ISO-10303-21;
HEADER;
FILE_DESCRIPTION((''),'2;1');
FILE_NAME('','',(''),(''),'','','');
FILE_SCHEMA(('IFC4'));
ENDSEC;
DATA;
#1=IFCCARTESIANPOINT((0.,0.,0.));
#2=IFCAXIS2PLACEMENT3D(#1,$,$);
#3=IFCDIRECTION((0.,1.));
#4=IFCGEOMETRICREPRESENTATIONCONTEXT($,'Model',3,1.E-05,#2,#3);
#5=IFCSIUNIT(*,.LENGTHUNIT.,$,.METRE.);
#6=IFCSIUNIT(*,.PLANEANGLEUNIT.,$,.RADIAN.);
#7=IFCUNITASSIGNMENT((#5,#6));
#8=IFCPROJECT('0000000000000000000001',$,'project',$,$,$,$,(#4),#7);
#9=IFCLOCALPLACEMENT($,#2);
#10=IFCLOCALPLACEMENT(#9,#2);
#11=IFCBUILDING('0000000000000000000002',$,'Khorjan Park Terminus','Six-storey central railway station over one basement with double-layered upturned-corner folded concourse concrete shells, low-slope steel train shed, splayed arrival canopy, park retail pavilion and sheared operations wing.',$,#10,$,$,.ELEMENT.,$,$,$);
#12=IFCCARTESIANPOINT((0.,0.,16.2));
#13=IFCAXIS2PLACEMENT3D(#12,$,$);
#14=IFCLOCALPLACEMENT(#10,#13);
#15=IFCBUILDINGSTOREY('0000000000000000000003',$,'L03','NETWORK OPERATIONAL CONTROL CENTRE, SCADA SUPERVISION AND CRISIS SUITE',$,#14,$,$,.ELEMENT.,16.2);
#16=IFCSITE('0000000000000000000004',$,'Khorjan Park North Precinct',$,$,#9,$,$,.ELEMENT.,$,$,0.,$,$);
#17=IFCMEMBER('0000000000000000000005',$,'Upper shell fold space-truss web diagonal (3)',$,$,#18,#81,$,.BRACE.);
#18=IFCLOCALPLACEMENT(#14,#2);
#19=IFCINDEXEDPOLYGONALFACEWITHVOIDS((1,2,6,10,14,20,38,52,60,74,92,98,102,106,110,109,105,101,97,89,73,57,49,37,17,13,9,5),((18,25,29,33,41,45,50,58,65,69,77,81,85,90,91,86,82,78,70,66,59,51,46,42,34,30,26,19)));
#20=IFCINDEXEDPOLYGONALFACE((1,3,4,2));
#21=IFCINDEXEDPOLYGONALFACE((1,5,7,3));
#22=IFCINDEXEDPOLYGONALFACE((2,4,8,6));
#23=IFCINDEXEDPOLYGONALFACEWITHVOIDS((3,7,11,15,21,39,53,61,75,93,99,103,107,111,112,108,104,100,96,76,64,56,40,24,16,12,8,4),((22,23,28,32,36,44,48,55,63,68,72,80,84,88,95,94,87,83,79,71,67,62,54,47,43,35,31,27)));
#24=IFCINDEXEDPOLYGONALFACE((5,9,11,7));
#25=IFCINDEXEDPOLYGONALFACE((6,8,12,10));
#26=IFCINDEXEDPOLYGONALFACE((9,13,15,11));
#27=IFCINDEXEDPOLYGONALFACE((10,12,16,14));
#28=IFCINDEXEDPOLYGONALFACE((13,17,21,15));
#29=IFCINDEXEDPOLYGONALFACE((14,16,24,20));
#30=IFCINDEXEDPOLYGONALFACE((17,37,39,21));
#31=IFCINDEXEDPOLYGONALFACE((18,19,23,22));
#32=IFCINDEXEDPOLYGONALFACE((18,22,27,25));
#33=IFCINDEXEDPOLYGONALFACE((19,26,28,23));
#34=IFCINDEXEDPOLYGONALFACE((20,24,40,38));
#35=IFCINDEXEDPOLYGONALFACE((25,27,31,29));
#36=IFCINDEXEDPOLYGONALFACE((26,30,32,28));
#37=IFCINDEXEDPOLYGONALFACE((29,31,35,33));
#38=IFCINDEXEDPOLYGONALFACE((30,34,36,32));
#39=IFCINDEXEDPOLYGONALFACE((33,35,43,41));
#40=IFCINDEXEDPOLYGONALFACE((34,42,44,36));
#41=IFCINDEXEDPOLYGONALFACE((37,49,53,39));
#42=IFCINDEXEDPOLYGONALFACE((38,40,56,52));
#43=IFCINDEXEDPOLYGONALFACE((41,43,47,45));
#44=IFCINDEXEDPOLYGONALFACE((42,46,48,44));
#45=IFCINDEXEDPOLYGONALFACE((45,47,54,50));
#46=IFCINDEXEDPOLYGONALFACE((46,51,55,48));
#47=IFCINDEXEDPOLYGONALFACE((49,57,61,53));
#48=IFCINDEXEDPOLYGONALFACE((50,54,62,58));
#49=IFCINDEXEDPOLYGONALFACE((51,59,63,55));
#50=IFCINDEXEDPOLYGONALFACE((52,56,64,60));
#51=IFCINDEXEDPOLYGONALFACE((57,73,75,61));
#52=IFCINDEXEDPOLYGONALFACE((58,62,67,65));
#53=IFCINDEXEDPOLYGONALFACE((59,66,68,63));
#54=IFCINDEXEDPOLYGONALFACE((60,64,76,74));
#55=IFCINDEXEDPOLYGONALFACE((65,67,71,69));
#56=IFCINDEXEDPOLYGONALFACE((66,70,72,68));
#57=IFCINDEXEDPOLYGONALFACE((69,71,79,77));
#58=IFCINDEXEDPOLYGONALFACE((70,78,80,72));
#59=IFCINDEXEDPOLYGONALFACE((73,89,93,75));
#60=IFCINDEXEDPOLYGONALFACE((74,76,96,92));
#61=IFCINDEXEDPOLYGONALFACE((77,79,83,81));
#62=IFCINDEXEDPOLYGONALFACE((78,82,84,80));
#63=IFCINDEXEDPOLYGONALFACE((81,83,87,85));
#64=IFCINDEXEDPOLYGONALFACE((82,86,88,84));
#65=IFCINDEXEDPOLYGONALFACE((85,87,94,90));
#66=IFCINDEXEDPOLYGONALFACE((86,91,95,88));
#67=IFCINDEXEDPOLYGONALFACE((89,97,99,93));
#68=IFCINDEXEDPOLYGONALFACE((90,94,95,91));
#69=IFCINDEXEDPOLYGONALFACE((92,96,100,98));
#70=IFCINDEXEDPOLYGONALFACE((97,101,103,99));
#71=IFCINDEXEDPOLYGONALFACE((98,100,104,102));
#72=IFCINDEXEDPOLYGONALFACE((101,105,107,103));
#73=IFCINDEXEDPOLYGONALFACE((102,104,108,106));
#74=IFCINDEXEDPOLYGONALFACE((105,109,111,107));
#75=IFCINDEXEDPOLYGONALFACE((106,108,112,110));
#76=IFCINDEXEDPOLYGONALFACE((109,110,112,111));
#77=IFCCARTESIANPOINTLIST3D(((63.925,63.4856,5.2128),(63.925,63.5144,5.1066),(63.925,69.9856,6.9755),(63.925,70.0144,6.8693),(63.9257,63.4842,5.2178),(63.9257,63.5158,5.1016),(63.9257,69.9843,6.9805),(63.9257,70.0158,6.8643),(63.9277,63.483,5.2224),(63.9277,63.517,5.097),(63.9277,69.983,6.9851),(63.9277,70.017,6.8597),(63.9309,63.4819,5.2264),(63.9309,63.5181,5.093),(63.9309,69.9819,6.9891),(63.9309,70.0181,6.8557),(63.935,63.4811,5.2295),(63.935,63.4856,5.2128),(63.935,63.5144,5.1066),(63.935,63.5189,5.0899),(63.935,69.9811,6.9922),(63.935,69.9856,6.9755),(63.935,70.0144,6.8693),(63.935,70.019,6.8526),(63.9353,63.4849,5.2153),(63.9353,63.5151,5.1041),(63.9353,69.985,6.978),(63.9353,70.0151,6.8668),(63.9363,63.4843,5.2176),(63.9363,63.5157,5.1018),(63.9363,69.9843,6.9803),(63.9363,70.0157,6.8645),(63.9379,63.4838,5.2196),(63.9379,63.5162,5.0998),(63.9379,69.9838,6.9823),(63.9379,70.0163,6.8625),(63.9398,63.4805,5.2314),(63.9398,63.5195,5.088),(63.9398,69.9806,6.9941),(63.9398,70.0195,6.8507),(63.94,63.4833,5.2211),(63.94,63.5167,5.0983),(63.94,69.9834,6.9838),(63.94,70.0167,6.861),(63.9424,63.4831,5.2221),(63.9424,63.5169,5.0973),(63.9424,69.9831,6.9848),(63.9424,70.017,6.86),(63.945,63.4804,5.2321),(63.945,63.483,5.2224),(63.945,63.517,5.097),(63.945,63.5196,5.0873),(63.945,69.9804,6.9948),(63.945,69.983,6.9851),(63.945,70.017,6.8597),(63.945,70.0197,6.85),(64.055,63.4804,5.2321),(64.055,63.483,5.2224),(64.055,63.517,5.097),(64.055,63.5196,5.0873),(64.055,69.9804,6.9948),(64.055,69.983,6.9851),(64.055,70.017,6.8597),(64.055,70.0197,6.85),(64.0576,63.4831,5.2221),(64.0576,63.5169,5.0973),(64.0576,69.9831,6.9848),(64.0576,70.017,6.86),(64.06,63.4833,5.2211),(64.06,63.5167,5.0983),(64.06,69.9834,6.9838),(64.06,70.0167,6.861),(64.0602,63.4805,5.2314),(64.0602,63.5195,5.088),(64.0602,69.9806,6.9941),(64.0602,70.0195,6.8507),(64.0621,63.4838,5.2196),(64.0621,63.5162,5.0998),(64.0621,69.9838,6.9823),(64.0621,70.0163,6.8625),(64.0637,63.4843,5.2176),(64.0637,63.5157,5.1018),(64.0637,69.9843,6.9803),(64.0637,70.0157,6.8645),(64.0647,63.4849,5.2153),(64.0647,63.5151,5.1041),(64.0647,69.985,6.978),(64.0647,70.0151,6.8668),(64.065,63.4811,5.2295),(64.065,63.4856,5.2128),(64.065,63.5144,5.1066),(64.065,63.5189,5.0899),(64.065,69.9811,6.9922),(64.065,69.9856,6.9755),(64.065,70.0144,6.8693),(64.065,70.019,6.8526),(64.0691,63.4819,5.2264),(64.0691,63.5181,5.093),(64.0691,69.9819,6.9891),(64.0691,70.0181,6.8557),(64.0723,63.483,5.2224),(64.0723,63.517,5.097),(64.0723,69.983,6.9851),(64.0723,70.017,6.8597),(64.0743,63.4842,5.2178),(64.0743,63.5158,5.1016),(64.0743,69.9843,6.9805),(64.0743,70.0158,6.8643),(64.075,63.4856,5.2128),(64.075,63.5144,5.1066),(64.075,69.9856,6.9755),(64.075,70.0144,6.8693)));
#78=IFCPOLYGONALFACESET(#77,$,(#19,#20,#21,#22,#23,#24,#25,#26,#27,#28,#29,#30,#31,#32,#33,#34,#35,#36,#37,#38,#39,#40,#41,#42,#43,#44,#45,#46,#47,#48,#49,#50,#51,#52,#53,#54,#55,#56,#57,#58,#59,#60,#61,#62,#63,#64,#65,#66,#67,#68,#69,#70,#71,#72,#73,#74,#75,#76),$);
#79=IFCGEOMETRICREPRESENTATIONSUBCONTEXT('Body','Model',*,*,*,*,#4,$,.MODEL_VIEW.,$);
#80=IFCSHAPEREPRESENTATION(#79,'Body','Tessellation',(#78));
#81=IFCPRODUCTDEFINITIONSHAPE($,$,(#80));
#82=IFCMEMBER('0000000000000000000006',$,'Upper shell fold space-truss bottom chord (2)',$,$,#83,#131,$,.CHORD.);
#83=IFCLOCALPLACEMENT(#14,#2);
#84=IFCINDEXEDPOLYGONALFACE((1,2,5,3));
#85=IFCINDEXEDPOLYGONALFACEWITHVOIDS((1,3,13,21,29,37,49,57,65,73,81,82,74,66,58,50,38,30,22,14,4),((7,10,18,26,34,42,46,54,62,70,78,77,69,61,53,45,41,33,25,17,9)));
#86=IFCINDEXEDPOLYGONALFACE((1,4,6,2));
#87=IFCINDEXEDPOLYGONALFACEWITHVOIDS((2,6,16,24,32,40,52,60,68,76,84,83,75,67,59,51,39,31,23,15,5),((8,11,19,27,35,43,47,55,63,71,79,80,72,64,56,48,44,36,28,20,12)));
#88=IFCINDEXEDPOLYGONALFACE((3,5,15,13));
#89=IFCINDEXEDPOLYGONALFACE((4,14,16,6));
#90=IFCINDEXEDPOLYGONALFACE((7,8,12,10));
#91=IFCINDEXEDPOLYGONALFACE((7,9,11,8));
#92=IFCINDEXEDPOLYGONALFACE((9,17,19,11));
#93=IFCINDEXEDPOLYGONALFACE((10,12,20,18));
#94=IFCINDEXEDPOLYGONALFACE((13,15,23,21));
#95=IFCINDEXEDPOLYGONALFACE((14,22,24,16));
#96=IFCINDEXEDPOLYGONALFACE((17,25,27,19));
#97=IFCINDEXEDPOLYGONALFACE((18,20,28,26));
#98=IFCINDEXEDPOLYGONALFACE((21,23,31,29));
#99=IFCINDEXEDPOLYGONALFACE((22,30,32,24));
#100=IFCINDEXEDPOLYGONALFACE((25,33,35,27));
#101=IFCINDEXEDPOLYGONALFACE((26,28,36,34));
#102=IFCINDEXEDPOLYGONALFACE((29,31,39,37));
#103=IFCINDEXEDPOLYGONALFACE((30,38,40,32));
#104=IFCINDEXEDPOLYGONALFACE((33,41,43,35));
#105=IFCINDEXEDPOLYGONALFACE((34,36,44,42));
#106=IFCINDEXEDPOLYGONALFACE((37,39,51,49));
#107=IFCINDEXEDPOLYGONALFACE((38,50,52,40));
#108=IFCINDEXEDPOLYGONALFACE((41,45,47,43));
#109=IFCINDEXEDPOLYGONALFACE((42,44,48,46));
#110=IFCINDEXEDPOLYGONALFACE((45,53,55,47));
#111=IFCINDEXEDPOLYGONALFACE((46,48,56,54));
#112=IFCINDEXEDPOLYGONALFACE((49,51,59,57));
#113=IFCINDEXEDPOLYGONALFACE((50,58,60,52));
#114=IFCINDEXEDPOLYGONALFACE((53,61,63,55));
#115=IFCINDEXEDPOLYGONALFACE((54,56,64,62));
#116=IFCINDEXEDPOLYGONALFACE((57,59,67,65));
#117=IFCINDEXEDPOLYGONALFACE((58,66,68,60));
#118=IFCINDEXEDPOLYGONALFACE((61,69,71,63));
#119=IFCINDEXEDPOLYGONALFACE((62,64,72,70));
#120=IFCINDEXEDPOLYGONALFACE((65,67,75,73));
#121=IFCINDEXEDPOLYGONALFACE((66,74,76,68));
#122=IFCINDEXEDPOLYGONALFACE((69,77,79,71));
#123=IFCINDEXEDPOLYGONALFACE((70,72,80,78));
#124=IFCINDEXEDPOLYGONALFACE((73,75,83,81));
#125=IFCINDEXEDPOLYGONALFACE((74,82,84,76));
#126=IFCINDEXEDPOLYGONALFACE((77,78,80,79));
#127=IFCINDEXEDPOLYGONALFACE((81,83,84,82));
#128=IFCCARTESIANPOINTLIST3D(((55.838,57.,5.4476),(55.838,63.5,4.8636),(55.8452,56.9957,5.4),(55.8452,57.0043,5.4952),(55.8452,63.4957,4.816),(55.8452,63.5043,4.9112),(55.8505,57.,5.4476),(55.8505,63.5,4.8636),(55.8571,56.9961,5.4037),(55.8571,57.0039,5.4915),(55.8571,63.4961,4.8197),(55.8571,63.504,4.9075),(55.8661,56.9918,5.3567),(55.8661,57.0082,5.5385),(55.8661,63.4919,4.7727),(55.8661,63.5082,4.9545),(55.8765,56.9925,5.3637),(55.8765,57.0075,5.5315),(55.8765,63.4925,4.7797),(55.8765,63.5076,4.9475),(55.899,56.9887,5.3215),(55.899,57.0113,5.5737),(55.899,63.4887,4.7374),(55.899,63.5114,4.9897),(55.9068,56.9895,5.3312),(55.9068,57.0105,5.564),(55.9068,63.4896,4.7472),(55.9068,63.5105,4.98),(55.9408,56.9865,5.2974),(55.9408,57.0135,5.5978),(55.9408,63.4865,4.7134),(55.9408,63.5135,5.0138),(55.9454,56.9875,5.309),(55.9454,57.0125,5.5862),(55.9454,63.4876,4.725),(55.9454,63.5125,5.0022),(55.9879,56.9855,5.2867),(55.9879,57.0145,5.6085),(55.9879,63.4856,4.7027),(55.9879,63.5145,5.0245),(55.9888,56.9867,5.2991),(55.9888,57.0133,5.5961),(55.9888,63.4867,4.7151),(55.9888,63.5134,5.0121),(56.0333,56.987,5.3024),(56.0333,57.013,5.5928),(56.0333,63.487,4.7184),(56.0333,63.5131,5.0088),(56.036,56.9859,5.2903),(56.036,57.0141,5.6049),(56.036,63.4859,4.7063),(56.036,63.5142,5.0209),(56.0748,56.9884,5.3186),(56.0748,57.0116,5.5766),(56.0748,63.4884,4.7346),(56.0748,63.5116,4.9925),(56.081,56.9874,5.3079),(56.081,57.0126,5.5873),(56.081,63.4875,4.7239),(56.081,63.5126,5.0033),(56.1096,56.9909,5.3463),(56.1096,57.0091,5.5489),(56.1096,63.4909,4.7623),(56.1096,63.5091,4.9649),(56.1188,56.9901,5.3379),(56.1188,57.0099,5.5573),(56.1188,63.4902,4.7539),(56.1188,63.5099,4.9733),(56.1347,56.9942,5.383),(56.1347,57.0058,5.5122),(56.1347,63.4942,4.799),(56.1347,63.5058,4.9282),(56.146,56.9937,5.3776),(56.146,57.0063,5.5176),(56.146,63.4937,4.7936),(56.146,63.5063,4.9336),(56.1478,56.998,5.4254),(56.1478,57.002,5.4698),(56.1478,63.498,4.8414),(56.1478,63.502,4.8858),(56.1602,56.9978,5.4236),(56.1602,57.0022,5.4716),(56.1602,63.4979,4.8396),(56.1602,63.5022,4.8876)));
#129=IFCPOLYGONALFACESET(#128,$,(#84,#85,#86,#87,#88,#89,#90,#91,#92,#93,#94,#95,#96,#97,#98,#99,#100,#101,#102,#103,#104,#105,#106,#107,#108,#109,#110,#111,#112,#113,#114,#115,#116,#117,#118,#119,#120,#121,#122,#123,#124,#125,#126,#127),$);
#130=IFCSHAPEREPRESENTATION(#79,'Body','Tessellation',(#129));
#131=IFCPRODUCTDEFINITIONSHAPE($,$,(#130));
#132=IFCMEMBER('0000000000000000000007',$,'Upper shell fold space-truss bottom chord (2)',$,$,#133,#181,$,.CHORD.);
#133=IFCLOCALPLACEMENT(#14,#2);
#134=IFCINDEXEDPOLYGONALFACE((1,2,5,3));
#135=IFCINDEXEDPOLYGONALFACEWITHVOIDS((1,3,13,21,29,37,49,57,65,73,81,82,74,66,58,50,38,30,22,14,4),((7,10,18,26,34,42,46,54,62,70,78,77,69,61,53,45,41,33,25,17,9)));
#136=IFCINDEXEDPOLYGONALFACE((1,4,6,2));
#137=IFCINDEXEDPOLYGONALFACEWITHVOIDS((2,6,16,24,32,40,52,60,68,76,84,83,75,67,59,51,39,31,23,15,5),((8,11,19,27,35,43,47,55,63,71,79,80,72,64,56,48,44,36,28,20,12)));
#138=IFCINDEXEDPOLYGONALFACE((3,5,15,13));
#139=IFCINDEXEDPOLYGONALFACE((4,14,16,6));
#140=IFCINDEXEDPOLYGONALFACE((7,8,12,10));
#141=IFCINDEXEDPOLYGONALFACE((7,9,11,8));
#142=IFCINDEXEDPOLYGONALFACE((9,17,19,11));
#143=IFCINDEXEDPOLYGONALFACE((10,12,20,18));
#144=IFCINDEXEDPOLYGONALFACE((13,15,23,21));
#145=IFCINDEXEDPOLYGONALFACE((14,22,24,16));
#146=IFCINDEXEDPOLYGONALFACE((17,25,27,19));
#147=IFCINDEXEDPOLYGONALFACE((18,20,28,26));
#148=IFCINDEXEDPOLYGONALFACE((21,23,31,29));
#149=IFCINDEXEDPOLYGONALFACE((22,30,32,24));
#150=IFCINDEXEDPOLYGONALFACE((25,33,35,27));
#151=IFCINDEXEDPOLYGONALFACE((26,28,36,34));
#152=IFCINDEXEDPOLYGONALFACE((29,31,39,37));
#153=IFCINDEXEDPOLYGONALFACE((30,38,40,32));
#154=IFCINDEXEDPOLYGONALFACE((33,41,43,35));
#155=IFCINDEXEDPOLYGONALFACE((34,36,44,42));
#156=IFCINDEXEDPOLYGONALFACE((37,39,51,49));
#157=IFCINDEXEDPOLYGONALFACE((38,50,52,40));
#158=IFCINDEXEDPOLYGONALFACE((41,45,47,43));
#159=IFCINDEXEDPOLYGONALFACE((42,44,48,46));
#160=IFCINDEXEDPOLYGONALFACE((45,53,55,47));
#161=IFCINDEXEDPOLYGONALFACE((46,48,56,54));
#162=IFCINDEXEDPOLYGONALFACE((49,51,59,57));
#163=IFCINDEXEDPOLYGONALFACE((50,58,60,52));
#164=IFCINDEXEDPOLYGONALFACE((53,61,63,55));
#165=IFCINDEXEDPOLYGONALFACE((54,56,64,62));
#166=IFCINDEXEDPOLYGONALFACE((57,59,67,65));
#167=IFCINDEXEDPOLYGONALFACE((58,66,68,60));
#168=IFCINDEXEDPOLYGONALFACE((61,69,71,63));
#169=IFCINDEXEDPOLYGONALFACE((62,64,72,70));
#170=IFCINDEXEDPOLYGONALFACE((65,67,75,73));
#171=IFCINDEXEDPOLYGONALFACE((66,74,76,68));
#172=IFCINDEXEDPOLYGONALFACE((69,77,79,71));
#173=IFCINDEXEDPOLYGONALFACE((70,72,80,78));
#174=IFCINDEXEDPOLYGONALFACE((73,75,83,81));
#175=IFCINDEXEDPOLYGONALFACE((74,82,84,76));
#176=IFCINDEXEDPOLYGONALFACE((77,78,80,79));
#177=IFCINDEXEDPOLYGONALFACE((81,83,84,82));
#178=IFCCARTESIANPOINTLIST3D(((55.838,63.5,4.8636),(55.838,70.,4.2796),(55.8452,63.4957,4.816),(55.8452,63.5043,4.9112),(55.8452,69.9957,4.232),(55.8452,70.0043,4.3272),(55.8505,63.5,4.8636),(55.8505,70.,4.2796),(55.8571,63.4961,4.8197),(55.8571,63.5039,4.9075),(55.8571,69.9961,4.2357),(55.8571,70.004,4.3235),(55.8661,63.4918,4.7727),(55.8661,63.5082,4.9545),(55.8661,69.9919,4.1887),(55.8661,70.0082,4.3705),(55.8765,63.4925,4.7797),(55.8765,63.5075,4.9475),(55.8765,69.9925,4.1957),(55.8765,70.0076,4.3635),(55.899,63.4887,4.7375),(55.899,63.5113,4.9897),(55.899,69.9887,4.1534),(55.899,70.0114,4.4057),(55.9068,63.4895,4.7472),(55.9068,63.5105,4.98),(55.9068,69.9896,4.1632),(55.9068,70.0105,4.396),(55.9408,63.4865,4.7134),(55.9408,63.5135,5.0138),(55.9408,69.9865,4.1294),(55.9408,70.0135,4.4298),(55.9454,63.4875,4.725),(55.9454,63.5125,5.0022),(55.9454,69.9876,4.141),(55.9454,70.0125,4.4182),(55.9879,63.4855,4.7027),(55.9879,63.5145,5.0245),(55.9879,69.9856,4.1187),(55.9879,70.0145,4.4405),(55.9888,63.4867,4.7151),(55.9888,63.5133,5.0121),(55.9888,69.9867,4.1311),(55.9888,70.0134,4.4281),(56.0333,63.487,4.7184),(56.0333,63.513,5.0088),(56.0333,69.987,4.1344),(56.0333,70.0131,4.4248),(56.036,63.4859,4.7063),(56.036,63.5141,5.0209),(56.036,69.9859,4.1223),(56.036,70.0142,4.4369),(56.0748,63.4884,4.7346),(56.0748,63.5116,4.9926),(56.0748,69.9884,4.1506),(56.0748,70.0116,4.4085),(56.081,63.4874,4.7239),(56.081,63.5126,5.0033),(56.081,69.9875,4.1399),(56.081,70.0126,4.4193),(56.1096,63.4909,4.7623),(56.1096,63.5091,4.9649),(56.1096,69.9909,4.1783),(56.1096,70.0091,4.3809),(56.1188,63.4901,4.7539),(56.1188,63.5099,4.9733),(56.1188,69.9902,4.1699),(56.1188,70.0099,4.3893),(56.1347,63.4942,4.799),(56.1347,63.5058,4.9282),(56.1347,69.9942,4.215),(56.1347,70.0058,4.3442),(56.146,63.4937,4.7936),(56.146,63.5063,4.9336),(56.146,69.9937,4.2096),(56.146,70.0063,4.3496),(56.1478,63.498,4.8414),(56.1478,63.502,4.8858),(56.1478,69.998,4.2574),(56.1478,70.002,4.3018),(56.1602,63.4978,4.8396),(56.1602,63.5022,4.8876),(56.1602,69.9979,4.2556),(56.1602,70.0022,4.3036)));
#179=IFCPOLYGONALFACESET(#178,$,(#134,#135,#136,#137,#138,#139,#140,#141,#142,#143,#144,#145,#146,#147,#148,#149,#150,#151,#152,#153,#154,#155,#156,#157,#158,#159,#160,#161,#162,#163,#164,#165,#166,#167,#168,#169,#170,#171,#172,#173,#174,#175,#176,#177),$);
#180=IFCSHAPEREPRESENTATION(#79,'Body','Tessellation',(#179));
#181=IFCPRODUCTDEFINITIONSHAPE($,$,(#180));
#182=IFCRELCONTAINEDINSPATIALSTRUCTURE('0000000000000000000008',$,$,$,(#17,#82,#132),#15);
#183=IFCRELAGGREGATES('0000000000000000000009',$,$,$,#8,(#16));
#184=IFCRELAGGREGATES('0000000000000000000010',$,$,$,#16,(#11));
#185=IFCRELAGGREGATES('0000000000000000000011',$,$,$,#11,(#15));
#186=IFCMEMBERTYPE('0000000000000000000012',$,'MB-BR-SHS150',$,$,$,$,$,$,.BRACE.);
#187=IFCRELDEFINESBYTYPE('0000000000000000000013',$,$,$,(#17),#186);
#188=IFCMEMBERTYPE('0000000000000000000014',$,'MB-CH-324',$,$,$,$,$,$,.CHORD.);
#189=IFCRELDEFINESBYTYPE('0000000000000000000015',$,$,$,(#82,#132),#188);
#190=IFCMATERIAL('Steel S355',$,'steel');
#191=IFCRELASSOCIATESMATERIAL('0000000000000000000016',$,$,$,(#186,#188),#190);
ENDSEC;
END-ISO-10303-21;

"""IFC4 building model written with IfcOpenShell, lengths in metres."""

from ifc_helpers import new_model, si_unit, direction, frame, origin, origin_2d, place, context, subcontext, project, spatial, hollow_rectangle, hollow_circle, extrude, material, material_profile, profile_set, type_object, element, save


model = new_model("IFC4")

# Units and contexts
model_context = context("Model", 3, precision=1e-05, world=origin(), true_north=direction((0.0, 1.0)))
body_context = subcontext(model_context, "Body", "Model", "MODEL_VIEW")
ifc_project = project(units=[si_unit("LENGTHUNIT", "METRE"), si_unit("PLANEANGLEUNIT", "RADIAN")], contexts=[model_context])

# Site, building, storey
site_placement = place(None, origin())
site = spatial("IfcSite", under=ifc_project, at=site_placement, Name="Khorjan Park North Precinct", CompositionType="ELEMENT", RefElevation=0.0)
building_placement = place(site_placement, origin())
building = spatial("IfcBuilding", under=site, at=building_placement, Name="Khorjan Park Terminus", Description="Six-storey central railway station over one basement with double-layered upturned-corner folded concourse concrete shells, low-slope steel train shed, splayed arrival canopy, park retail pavilion and sheared operations wing.", CompositionType="ELEMENT")
storey_placement = place(building_placement, frame((0.0, 0.0, 16.2)))
storey = spatial("IfcBuildingStorey", under=building, at=storey_placement, Name="L03", Description="NETWORK OPERATIONAL CONTROL CENTRE, SCADA SUPERVISION AND CRISIS SUITE", CompositionType="ELEMENT", Elevation=16.2)

# Members
ifc_material = material(Name="Steel S355", Category="steel")
ifc_material_profile_1 = material_profile(ifc_material, hollow_rectangle(XDim=0.15, YDim=0.15, WallThickness=0.01, InnerFilletRadius=0.01, OuterFilletRadius=0.02, at=origin_2d()), Name="SHS 150x150x10")
ifc_profile_set_1 = profile_set([ifc_material_profile_1], Name="Steel S355")
member_type_1 = type_object("IfcMemberType", Name="MB-BR-SHS150", PredefinedType="BRACE", material=ifc_profile_set_1)
member_1_placement = place(storey_placement, frame((64.0, 63.5, 5.1597), z_axis=(0.0, 0.965141, 0.261731), x_axis=(-1.0, 0.0, 0.0)))
element("IfcMember", 1, at=member_1_placement, inside=storey, type_object=member_type_1, Name="Upper shell fold space-truss web diagonal (3)", PredefinedType="BRACE", context=body_context, shape_type="SweptSolid", body=[
    extrude(hollow_rectangle(XDim=0.15, YDim=0.15, WallThickness=0.01, InnerFilletRadius=0.01, OuterFilletRadius=0.02, at=origin_2d()), origin(), (0.0, 0.0, 1.0), 6.7348),
])
ifc_material_profile_2 = material_profile(ifc_material, hollow_circle(Radius=0.162, WallThickness=0.0125, at=origin_2d()), Name="CHS 323.9x12.5")
ifc_profile_set_2 = profile_set([ifc_material_profile_2], Name="Steel S355")
member_type_2 = type_object("IfcMemberType", Name="MB-CH-324", PredefinedType="CHORD", material=ifc_profile_set_2)
for number, where, z_axis, x_axis, name in (
    (2, (56.0, 57.0, 5.4476), (0.0, 0.995988, -0.089486), (-1.0, 0.0, 0.0), "Upper shell fold space-truss bottom chord (2)"),
    (3, (56.0, 63.5, 4.8636), (0.0, 0.995988, -0.089486), (-1.0, 0.0, 0.0), "Upper shell fold space-truss bottom chord (2)"),
):
    element("IfcMember", number, at=place(storey_placement, frame(where, z_axis=z_axis, x_axis=x_axis)), inside=storey, type_object=member_type_2, Name=name, PredefinedType="CHORD", context=body_context, shape_type="SweptSolid", body=[
        extrude(hollow_circle(Radius=0.162, WallThickness=0.0125, at=origin_2d()), origin(), (0.0, 0.0, 1.0), 6.5262),
    ])

save(model, "model.ifc")
